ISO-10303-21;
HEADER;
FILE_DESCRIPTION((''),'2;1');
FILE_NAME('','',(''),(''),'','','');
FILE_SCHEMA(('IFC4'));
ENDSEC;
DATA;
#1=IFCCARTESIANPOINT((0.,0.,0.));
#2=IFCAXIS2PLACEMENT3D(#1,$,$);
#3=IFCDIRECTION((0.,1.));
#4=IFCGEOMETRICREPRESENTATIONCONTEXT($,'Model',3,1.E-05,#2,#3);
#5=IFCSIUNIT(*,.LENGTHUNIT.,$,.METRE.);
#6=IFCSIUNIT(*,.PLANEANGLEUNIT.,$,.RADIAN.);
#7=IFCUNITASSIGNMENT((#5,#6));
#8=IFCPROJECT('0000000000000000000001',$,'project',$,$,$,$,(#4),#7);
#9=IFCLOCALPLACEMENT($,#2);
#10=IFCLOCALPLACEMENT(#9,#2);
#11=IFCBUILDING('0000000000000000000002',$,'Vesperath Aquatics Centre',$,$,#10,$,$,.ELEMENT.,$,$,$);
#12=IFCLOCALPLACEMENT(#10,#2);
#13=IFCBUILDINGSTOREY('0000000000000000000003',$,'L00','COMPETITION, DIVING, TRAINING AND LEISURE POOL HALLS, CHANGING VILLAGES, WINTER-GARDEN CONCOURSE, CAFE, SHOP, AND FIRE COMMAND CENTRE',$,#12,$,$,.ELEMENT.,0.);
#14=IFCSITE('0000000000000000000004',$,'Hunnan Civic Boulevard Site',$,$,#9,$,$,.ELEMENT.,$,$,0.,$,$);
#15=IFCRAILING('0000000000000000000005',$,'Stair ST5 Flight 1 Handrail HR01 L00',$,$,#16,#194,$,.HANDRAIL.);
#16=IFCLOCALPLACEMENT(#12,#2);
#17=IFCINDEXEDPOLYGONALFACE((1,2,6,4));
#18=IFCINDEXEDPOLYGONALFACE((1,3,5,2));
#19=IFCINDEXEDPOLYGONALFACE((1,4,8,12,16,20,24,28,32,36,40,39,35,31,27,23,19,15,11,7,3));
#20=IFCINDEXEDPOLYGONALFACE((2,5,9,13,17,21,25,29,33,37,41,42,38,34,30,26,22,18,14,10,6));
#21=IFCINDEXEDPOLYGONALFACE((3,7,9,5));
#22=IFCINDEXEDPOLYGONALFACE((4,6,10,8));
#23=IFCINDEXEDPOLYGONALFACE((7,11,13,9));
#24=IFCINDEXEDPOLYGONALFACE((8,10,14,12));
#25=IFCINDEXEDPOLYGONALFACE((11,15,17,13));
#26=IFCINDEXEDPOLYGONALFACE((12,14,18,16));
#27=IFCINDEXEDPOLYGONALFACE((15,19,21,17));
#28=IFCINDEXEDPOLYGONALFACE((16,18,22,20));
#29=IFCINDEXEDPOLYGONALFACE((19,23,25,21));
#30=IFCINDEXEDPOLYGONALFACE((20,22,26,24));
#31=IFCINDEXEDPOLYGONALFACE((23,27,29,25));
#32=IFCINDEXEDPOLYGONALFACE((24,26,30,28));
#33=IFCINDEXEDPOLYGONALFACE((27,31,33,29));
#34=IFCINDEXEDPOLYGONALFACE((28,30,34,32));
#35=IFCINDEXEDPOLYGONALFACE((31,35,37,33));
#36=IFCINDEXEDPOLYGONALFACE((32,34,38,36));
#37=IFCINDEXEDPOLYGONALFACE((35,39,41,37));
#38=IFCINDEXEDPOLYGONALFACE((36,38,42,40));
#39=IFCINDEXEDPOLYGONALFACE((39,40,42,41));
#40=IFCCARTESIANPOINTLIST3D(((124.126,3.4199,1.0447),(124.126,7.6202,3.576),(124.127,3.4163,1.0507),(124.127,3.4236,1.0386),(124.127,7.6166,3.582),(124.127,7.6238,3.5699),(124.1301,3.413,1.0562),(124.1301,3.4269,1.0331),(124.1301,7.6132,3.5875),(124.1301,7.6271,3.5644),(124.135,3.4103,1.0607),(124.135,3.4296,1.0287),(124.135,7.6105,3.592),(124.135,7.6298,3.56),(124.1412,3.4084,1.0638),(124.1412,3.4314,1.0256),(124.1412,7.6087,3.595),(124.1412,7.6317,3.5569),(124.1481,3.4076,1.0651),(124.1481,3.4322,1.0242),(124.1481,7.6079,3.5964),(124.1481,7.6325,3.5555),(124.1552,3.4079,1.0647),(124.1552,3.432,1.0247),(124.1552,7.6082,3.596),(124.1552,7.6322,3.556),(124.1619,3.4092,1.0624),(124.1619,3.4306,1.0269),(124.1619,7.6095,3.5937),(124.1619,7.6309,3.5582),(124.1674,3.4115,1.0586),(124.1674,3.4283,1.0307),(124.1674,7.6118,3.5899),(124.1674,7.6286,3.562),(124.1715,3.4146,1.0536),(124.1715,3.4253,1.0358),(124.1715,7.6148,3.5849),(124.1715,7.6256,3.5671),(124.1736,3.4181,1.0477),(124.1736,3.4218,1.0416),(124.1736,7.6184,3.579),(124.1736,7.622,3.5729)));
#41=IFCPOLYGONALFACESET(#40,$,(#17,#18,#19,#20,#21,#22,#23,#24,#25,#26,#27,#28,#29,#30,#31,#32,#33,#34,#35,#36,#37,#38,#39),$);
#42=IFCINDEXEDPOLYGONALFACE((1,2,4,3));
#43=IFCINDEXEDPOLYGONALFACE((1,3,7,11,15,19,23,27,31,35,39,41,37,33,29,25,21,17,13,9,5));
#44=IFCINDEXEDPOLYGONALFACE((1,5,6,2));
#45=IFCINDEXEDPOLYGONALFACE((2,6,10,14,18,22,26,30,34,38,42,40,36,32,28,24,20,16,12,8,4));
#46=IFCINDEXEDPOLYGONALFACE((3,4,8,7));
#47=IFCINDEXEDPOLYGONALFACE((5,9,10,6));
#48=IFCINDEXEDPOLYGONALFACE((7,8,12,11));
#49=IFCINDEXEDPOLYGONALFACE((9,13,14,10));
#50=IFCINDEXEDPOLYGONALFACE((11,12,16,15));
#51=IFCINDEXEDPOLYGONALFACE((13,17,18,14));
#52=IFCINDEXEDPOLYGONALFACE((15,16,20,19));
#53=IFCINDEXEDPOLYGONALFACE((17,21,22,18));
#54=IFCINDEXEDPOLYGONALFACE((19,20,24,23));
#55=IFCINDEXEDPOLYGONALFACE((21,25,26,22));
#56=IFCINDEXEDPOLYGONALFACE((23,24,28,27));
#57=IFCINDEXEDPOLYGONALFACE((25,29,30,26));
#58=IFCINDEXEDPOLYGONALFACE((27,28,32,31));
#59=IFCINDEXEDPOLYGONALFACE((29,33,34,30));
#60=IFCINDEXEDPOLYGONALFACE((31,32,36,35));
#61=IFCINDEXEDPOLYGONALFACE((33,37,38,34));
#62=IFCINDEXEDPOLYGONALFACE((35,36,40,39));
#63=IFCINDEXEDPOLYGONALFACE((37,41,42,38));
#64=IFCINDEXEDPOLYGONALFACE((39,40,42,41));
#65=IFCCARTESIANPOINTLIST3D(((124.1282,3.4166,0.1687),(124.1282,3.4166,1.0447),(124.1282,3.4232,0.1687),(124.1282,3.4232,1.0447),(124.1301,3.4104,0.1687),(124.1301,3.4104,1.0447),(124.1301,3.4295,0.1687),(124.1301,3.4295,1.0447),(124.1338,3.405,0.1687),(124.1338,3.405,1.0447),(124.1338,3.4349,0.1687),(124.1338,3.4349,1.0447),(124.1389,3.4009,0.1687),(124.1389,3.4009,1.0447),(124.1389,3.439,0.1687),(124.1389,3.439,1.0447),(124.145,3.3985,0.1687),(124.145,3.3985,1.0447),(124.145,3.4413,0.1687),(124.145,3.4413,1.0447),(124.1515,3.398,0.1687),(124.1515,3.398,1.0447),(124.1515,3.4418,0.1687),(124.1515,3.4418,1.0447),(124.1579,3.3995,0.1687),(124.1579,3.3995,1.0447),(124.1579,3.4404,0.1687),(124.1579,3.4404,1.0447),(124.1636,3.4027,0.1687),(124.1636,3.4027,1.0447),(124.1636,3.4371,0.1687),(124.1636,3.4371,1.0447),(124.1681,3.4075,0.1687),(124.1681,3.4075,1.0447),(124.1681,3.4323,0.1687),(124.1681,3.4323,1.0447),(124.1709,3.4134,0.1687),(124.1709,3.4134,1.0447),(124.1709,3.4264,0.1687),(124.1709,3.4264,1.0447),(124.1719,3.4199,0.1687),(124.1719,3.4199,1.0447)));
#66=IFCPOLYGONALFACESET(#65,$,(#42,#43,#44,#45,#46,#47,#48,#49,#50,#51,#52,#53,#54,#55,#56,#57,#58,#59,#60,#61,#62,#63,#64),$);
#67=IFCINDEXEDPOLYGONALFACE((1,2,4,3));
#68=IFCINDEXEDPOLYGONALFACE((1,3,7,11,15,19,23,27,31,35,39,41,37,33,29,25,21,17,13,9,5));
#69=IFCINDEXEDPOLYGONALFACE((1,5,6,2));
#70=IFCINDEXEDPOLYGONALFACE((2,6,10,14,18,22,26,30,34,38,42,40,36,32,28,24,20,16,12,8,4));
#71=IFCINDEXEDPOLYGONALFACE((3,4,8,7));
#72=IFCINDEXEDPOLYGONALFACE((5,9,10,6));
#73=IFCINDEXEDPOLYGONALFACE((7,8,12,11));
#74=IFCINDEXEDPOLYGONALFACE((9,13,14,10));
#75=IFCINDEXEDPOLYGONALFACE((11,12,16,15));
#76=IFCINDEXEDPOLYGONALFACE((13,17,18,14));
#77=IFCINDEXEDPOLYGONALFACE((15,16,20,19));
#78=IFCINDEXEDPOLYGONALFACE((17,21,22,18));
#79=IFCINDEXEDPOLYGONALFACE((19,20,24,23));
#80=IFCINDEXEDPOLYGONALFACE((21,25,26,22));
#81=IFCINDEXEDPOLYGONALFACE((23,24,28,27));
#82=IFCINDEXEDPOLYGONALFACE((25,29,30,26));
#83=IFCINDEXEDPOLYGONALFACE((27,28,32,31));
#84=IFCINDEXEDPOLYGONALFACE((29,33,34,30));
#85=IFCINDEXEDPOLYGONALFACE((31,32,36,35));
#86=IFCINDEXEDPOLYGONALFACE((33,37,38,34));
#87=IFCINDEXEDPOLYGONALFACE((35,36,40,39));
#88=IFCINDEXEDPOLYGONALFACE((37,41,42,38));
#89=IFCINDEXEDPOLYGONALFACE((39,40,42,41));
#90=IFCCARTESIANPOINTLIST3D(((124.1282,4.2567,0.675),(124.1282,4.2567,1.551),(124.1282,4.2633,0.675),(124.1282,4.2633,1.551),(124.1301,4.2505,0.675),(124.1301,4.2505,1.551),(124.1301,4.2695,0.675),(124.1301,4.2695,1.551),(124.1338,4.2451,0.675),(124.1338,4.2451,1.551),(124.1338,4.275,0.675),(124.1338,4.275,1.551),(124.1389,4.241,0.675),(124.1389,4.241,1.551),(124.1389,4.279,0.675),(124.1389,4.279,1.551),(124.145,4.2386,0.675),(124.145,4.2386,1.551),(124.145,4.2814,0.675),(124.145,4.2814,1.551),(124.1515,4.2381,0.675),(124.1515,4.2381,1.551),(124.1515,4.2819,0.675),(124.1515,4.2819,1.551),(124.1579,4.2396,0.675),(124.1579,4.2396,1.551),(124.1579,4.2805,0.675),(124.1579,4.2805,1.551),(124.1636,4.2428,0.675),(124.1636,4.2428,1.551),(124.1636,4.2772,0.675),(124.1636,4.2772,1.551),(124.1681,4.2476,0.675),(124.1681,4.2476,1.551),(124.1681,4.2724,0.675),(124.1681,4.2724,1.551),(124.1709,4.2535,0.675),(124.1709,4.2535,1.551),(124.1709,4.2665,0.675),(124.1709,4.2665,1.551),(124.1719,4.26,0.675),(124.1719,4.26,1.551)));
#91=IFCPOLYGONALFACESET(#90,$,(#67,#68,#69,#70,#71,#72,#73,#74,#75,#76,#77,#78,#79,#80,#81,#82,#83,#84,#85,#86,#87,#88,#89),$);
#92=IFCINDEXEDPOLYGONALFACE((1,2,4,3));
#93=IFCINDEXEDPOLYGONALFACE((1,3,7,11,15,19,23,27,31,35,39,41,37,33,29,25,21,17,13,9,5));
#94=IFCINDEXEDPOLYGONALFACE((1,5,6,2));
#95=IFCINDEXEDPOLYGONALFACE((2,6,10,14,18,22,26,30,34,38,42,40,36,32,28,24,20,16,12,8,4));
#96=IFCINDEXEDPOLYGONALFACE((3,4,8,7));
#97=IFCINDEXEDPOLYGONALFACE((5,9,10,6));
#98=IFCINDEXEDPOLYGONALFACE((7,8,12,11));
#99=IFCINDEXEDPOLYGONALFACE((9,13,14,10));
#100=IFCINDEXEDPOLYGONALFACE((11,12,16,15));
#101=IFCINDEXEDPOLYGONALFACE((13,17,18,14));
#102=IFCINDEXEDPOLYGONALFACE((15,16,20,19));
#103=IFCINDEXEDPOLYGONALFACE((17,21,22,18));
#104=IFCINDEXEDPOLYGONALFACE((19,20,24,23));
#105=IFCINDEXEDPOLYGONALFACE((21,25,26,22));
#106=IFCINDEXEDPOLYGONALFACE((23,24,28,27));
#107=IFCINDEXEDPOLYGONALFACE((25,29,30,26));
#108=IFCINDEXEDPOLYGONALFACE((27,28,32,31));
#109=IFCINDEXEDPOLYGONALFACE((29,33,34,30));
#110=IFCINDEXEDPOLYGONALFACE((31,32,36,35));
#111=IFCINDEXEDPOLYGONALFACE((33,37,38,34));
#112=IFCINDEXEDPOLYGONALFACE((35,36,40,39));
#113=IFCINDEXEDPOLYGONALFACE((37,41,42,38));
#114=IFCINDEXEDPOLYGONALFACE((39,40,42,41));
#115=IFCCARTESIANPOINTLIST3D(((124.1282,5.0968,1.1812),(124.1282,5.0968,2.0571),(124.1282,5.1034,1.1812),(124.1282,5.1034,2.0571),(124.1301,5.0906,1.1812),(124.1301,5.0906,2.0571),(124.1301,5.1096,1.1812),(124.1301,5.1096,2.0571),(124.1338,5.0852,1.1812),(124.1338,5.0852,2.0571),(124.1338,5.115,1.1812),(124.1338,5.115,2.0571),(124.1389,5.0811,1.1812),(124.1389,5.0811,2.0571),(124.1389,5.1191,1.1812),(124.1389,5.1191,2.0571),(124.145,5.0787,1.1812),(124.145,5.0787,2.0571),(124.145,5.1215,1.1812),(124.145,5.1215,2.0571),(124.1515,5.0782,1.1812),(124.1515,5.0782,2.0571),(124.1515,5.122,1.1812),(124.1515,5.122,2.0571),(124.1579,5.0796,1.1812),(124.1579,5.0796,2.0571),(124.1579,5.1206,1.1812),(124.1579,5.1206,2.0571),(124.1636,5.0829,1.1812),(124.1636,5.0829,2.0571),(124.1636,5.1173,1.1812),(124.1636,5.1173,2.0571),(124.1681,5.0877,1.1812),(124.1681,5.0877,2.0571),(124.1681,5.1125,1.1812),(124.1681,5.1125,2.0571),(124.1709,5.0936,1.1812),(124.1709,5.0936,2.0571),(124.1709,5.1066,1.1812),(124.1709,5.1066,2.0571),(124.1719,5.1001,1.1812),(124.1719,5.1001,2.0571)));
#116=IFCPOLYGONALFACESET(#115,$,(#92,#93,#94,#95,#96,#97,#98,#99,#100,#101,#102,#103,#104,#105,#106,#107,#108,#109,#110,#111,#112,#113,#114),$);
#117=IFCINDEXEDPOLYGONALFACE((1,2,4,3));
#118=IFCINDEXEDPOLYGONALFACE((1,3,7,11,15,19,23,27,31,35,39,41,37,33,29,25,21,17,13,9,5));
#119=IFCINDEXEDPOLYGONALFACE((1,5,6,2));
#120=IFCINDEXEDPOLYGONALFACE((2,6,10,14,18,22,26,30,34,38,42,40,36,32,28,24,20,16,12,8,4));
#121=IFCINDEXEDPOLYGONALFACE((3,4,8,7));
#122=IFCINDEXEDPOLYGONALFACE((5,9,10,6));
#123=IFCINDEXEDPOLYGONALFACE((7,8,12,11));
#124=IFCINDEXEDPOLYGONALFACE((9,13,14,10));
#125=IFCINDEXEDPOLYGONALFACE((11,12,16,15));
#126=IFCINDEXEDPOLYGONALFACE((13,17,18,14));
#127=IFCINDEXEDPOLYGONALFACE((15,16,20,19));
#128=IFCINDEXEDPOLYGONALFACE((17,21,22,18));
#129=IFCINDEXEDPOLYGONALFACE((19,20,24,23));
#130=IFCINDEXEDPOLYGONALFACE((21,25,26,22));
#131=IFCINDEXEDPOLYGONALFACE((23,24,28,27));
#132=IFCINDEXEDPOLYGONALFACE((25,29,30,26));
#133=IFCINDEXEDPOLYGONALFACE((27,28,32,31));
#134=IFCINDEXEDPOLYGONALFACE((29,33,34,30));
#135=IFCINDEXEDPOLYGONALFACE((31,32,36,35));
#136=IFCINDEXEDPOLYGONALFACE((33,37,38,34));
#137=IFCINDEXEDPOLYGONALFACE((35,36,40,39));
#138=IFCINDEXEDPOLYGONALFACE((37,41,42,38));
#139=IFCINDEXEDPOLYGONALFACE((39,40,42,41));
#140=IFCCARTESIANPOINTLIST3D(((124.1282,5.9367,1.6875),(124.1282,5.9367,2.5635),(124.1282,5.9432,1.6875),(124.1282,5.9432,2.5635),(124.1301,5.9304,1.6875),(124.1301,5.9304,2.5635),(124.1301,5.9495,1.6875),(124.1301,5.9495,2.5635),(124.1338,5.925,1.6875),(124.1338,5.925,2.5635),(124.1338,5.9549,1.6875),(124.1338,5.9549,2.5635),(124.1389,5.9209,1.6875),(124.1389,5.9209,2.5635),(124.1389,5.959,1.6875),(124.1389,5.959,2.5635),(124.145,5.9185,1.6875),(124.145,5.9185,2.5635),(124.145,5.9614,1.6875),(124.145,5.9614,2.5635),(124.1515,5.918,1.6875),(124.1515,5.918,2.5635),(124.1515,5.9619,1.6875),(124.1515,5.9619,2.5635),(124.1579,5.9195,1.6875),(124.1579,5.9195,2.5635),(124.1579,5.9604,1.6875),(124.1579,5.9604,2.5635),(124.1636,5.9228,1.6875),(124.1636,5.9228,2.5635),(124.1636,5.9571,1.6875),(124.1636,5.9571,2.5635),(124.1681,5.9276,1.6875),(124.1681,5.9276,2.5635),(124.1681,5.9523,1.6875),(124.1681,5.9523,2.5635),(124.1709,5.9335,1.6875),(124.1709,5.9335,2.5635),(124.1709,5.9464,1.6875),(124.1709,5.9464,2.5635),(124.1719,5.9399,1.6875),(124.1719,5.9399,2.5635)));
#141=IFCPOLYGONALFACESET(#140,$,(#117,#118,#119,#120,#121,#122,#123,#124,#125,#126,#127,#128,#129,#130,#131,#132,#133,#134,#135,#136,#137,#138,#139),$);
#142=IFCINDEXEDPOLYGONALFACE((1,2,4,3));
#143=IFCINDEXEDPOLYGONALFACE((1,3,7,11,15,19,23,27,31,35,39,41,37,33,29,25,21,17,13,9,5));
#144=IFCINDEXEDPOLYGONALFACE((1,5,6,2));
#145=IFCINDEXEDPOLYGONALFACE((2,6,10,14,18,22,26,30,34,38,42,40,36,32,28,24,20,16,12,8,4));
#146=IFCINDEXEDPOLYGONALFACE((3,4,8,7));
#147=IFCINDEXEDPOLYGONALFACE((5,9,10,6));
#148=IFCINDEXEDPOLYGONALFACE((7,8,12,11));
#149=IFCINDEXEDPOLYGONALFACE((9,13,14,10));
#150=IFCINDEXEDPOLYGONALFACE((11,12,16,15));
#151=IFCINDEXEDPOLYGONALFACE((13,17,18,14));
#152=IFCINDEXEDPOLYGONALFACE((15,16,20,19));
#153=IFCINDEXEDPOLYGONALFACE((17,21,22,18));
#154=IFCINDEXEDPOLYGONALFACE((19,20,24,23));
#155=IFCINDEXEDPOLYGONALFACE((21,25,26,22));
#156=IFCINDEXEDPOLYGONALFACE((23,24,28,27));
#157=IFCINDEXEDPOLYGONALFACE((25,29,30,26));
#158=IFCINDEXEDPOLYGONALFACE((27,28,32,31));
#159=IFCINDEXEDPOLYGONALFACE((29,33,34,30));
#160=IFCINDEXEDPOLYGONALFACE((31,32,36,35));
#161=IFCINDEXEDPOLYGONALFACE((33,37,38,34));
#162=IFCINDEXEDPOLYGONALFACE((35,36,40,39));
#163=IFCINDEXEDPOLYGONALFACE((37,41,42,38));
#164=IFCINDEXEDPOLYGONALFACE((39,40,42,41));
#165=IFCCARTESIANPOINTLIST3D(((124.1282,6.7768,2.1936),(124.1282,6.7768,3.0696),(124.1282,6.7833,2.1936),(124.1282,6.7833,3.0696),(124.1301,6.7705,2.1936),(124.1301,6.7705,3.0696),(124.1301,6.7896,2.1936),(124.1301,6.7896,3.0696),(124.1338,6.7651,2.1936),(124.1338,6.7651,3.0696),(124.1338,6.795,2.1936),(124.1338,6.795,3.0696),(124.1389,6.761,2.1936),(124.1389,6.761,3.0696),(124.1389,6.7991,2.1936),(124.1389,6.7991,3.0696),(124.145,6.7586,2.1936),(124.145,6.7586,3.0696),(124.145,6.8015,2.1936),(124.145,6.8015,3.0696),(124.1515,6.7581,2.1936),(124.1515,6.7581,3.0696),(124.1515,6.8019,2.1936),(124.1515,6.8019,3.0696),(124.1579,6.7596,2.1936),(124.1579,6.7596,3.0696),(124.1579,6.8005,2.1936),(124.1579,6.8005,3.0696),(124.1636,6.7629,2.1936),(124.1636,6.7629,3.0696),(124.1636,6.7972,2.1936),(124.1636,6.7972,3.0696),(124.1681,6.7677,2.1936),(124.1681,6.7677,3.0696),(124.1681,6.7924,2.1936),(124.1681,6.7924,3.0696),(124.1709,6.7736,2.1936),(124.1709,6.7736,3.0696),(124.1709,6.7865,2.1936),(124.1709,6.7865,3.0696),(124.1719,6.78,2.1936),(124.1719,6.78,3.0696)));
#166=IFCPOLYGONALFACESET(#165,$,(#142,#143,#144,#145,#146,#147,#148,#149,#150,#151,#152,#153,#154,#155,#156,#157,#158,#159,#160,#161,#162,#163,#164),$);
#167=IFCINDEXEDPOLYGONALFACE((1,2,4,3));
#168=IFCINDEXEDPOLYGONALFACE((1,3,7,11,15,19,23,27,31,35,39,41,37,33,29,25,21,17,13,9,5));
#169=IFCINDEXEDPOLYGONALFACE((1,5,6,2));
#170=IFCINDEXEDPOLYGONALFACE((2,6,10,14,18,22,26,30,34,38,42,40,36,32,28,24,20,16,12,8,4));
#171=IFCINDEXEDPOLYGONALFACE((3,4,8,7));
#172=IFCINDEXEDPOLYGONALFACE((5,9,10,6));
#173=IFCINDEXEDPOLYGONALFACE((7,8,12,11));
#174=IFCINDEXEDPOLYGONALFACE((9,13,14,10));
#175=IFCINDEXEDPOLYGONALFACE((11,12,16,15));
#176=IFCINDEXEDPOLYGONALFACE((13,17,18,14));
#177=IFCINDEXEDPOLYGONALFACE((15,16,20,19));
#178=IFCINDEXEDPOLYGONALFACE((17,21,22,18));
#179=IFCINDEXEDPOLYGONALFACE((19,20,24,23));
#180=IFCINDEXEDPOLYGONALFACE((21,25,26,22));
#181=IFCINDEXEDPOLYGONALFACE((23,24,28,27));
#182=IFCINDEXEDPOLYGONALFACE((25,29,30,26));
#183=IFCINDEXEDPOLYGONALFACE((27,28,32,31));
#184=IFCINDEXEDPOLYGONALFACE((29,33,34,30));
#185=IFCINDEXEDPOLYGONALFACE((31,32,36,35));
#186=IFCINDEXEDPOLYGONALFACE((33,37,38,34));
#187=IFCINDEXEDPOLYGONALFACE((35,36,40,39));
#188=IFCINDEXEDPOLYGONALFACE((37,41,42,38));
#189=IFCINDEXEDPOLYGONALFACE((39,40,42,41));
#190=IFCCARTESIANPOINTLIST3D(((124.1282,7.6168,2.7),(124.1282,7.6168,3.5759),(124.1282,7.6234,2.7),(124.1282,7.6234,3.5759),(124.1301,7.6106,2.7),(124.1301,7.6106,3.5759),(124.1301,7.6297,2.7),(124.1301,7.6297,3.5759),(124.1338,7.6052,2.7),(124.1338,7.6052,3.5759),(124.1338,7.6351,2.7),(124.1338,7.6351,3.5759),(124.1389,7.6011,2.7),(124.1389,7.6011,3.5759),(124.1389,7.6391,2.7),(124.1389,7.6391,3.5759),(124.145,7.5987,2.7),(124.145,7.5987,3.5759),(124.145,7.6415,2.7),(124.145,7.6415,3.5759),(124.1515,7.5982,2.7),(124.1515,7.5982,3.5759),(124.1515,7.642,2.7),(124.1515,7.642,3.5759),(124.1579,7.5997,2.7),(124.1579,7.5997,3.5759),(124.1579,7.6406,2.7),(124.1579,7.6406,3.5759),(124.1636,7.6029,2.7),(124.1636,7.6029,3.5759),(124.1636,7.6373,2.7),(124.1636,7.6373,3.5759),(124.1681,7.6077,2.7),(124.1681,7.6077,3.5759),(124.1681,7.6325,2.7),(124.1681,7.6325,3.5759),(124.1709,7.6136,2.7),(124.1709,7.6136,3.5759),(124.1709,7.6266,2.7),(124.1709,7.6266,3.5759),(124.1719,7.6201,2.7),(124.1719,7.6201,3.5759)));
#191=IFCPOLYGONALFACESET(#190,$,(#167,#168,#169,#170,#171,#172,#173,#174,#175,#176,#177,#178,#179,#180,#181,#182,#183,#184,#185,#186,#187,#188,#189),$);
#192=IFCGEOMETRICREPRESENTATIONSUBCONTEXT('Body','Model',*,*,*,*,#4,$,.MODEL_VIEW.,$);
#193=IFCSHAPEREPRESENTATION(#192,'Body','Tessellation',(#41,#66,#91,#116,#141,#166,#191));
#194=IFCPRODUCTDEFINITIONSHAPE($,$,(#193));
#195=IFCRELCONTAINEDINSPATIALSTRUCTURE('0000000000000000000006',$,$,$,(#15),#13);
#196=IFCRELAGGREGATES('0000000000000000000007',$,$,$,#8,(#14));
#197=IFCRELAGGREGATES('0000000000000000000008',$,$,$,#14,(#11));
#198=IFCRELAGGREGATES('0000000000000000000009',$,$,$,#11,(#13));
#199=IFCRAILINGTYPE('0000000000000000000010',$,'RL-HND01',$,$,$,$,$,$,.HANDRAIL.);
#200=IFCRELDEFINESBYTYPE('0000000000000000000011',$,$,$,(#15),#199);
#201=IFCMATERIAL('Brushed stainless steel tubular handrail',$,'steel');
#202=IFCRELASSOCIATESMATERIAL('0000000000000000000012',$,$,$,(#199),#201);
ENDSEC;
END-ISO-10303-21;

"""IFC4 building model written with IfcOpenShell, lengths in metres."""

from ifc_helpers import new_model, si_unit, direction, frame, origin, origin_2d, place, context, subcontext, project, spatial, circle, extrude, material, type_object, element, save


model = new_model("IFC4")

# Units and contexts
model_context = context("Model", 3, precision=1e-05, world=origin(), true_north=direction((0.0, 1.0)))
body_context = subcontext(model_context, "Body", "Model", "MODEL_VIEW")
ifc_project = project(units=[si_unit("LENGTHUNIT", "METRE"), si_unit("PLANEANGLEUNIT", "RADIAN")], contexts=[model_context])

# Site, building, storey
site_placement = place(None, origin())
site = spatial("IfcSite", under=ifc_project, at=site_placement, Name="Hunnan Civic Boulevard Site", CompositionType="ELEMENT", RefElevation=0.0)
building_placement = place(site_placement, origin())
building = spatial("IfcBuilding", under=site, at=building_placement, Name="Vesperath Aquatics Centre", CompositionType="ELEMENT")
storey_placement = place(building_placement, origin())
storey = spatial("IfcBuildingStorey", under=building, at=storey_placement, Name="L00", Description="COMPETITION, DIVING, TRAINING AND LEISURE POOL HALLS, CHANGING VILLAGES, WINTER-GARDEN CONCOURSE, CAFE, SHOP, AND FIRE COMMAND CENTRE", CompositionType="ELEMENT", Elevation=0.0)

# Railing
ifc_material_1 = material(Name="Brushed stainless steel tubular handrail", Category="steel")
railing_type_1 = type_object("IfcRailingType", Name="RL-HND01", PredefinedType="HANDRAIL", material=ifc_material_1)
railing_1_placement = place(storey_placement, frame((124.1499, 3.4199, 0.1687)))
element("IfcRailing", 1, at=railing_1_placement, inside=storey, type_object=railing_type_1, Name="Stair ST5 Flight 1 Handrail HR01 L00", PredefinedType="HANDRAIL", context=body_context, shape_type="SweptSolid", body=[
    extrude(circle(Radius=0.0239, at=origin_2d()), frame((0.0, 0.0, 0.876), z_axis=(0.0, 0.85649, 0.516164), x_axis=(-1.0, 0.0, 0.0)), (0.0, 0.0, 1.0), 4.9041),
    extrude(circle(Radius=0.022, at=origin_2d()), origin(), (0.0, 0.0, 1.0), 0.876),
    extrude(circle(Radius=0.022, at=origin_2d()), frame((0.0, 0.8401, 0.5063)), (0.0, 0.0, 1.0), 0.876),
    extrude(circle(Radius=0.022, at=origin_2d()), frame((0.0, 1.6802, 1.0125)), (0.0, 0.0, 1.0), 0.876),
    extrude(circle(Radius=0.022, at=origin_2d()), frame((0.0, 2.52, 1.5188)), (0.0, 0.0, 1.0), 0.876),
    extrude(circle(Radius=0.022, at=origin_2d()), frame((0.0, 3.3601, 2.0249)), (0.0, 0.0, 1.0), 0.876),
    extrude(circle(Radius=0.022, at=origin_2d()), frame((0.0, 4.2002, 2.5312)), (0.0, 0.0, 1.0), 0.876),
])

save(model, "model.ifc")
